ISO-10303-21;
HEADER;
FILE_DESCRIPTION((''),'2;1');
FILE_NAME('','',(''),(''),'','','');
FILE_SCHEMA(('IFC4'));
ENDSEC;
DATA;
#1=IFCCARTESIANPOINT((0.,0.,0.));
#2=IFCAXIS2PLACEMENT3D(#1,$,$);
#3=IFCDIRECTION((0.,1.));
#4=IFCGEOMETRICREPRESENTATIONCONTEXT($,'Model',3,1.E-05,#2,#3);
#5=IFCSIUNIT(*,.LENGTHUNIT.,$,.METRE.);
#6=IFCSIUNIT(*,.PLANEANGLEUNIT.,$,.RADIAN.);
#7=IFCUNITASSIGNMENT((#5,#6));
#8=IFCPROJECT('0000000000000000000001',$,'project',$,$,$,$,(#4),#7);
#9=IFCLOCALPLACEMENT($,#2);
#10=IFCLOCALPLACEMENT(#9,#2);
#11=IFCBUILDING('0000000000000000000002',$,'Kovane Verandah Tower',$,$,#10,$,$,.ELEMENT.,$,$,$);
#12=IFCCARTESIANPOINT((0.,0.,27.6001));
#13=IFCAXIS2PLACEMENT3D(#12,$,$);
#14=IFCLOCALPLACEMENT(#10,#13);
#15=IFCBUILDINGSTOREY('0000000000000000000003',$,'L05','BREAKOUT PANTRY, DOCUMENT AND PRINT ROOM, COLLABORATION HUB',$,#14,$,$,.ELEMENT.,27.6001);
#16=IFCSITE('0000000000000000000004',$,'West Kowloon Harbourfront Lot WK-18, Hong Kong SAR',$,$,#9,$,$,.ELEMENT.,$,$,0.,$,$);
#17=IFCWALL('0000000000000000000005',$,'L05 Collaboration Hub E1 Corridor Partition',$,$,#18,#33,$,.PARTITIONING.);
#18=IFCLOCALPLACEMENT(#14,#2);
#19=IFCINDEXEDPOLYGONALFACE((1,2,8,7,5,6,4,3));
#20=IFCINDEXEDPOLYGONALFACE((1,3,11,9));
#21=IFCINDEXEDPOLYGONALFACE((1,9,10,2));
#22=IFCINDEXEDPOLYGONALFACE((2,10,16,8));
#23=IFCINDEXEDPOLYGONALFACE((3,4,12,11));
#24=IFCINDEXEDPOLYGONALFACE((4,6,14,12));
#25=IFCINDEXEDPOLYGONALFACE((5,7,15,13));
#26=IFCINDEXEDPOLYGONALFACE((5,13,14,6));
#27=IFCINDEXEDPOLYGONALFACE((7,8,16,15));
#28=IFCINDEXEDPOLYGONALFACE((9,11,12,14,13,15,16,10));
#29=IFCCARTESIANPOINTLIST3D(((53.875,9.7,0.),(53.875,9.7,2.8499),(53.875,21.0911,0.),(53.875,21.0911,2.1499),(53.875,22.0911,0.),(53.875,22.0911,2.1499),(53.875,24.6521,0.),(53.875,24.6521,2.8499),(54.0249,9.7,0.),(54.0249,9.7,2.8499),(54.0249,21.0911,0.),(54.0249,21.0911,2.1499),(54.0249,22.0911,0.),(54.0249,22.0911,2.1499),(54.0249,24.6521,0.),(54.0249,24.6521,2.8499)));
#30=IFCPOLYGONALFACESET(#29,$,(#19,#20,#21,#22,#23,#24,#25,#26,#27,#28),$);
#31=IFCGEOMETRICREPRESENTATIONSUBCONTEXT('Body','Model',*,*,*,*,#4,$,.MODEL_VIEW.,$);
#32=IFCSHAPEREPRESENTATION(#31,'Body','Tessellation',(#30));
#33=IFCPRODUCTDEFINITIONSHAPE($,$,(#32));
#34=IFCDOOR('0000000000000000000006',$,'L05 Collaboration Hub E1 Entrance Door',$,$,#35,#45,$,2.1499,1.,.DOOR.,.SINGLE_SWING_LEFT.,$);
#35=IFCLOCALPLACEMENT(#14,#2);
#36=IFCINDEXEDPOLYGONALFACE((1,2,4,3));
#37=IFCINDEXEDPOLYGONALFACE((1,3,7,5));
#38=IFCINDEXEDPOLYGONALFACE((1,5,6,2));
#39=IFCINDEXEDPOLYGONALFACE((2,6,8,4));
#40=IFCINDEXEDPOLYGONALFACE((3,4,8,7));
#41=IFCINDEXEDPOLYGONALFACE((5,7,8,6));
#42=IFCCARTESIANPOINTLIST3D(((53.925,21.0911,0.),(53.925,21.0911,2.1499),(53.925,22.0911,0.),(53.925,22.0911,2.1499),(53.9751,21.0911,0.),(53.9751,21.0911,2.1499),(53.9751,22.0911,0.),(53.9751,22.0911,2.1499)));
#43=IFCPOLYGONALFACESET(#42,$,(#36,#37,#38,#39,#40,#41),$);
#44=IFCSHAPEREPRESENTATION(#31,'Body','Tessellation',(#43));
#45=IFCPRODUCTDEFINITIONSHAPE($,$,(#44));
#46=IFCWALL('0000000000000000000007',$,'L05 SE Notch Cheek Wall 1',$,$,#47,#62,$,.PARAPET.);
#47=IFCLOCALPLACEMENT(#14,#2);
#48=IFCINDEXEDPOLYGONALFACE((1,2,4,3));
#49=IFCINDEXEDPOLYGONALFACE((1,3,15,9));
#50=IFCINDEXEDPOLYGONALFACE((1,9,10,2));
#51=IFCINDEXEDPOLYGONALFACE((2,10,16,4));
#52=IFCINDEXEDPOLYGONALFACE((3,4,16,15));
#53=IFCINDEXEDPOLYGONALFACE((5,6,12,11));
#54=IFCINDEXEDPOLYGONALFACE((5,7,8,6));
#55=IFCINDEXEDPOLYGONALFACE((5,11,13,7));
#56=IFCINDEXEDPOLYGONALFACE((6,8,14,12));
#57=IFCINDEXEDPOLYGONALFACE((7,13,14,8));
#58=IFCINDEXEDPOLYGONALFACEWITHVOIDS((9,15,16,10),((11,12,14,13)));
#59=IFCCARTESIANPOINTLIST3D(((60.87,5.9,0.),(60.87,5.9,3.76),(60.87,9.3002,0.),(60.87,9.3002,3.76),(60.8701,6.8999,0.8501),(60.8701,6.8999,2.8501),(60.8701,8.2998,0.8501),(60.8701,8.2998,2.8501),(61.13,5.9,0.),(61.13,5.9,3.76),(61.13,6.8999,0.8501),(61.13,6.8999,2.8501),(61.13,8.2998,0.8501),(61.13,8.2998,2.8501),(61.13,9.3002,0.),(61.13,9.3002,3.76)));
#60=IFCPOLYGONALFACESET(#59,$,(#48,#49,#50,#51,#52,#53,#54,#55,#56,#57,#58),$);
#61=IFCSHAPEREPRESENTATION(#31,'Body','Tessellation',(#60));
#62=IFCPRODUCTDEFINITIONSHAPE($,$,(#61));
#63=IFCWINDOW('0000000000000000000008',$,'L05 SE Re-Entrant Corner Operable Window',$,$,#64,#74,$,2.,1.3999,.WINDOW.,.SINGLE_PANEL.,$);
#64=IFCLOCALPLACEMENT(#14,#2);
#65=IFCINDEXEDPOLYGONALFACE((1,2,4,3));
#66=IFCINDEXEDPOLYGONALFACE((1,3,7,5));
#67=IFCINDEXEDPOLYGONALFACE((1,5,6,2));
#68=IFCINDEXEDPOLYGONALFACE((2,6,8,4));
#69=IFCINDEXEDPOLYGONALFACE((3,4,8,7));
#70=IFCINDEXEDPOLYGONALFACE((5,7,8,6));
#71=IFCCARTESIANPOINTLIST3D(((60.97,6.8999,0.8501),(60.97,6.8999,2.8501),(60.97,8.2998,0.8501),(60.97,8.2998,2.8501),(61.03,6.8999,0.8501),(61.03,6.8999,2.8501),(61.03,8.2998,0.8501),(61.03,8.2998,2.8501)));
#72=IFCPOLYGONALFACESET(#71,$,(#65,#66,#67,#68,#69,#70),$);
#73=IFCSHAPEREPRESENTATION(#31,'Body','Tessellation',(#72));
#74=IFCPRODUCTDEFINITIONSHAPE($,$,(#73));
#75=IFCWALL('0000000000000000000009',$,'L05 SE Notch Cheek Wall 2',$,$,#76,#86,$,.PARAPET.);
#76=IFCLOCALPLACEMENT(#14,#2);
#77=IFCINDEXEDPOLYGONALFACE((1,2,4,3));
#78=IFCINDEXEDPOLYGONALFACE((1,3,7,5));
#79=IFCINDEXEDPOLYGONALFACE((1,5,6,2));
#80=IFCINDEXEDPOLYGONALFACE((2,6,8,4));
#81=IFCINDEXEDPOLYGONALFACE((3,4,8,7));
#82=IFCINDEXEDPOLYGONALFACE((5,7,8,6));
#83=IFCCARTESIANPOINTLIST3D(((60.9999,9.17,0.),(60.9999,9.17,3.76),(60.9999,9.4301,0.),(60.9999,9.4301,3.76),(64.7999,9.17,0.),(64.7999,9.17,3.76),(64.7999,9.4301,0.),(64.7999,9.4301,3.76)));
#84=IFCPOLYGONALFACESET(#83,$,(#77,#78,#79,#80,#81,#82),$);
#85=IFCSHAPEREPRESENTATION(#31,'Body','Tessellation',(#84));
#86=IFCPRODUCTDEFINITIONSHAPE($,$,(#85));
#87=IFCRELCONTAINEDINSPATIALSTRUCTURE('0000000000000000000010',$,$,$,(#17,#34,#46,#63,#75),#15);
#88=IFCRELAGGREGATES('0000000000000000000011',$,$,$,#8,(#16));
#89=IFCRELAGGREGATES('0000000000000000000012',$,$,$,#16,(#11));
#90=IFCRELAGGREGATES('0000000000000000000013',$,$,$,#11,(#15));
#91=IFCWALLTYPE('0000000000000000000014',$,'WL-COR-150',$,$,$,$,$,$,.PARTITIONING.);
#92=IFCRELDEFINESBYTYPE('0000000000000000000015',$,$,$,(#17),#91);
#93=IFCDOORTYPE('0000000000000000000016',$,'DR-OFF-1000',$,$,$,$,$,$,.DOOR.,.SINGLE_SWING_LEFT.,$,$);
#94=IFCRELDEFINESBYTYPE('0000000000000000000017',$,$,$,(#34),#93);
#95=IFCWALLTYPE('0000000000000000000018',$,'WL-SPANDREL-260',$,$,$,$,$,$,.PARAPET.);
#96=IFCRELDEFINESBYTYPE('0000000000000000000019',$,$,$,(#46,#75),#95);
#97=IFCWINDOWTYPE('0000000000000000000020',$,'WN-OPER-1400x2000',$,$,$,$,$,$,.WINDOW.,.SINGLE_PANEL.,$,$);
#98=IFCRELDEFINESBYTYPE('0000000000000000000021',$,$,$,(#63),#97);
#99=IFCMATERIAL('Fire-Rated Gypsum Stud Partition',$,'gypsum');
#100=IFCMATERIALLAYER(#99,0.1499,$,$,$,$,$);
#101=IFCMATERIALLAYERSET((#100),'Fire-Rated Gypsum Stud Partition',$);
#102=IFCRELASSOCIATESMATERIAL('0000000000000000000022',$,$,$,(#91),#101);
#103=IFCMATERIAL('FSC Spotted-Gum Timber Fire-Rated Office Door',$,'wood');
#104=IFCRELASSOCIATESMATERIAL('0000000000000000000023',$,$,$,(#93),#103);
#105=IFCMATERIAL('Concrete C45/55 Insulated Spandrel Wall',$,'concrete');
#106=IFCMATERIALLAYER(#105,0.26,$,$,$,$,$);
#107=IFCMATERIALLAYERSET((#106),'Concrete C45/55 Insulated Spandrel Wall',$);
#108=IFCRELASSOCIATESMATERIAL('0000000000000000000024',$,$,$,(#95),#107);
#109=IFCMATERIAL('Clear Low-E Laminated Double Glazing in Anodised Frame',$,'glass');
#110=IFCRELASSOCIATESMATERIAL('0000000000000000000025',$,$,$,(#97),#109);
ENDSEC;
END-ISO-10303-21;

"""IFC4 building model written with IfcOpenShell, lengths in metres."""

from ifc_helpers import new_model, si_unit, direction, frame, frame_2d, origin, place, context, subcontext, project, spatial, rectangle, extrude, material, layer, layer_set, type_object, element, fill, save


model = new_model("IFC4")

# Units and contexts
model_context = context("Model", 3, precision=1e-05, world=origin(), true_north=direction((0.0, 1.0)))
body_context = subcontext(model_context, "Body", "Model", "MODEL_VIEW")
ifc_project = project(units=[si_unit("LENGTHUNIT", "METRE"), si_unit("PLANEANGLEUNIT", "RADIAN")], contexts=[model_context])

# Site, building, storey
site_placement = place(None, origin())
site = spatial("IfcSite", under=ifc_project, at=site_placement, Name="West Kowloon Harbourfront Lot WK-18, Hong Kong SAR", CompositionType="ELEMENT", RefElevation=0.0)
building_placement = place(site_placement, origin())
building = spatial("IfcBuilding", under=site, at=building_placement, Name="Kovane Verandah Tower", CompositionType="ELEMENT")
storey_placement = place(building_placement, frame((0.0, 0.0, 27.6001)))
storey = spatial("IfcBuildingStorey", under=building, at=storey_placement, Name="L05", Description="BREAKOUT PANTRY, DOCUMENT AND PRINT ROOM, COLLABORATION HUB", CompositionType="ELEMENT", Elevation=27.6001)

# Wall, opening, door
ifc_material_1 = material(Name="Fire-Rated Gypsum Stud Partition", Category="gypsum")
ifc_layer_1 = layer(ifc_material_1, 0.1499)
ifc_layer_set_1 = layer_set([ifc_layer_1], Name="Fire-Rated Gypsum Stud Partition")
wall_type_1 = type_object("IfcWallType", Name="WL-COR-150", PredefinedType="PARTITIONING", material=ifc_layer_set_1)
wall_1_placement = place(storey_placement, frame((53.95, 9.7, 0.0), z_axis=(0.0, 0.0, 1.0), x_axis=(0.0, 1.0, 0.0)))
wall_1 = element("IfcWall", 1, at=wall_1_placement, inside=storey, type_object=wall_type_1, Name="L05 Collaboration Hub E1 Corridor Partition", PredefinedType="PARTITIONING", context=body_context, shape_type="SweptSolid", body=[
    extrude(rectangle(XDim=14.9521, YDim=0.1499, at=frame_2d((7.4761, 0.0))), origin(), (0.0, 0.0, 1.0), 2.8499),
])
opening_1_placement = place(wall_1_placement, frame((11.3911, 0.0, 0.0)))
opening_1 = element("IfcOpeningElement", 2, at=opening_1_placement, cuts=wall_1, PredefinedType="OPENING", context=body_context, shape_type="SweptSolid", body=[
    extrude(rectangle(XDim=1.0, YDim=2.1499, at=frame_2d((0.5, 1.075))), frame((0.0, 0.075, 0.0), z_axis=(0.0, -1.0, 0.0), x_axis=(1.0, 0.0, 0.0)), (0.0, 0.0, 1.0), 0.1499),
])
ifc_material_2 = material(Name="FSC Spotted-Gum Timber Fire-Rated Office Door", Category="wood")
door_type_1 = type_object("IfcDoorType", Name="DR-OFF-1000", OperationType="SINGLE_SWING_LEFT", PredefinedType="DOOR", material=ifc_material_2)
door_1_placement = place(opening_1_placement, origin())
door_1 = element("IfcDoor", 3, at=door_1_placement, inside=storey, type_object=door_type_1, Name="L05 Collaboration Hub E1 Entrance Door", OperationType="SINGLE_SWING_LEFT", OverallHeight=2.1499, OverallWidth=1.0, PredefinedType="DOOR", context=body_context, shape_type="SweptSolid", body=[
    extrude(rectangle(XDim=1.0, YDim=2.1499, at=frame_2d((0.5, 1.075))), frame((0.0, 0.0249, 0.0), z_axis=(0.0, -1.0, 0.0), x_axis=(1.0, 0.0, 0.0)), (0.0, 0.0, 1.0), 0.05),
])
fill(opening_1, door_1)

# Shared definitions
ifc_material_3 = material(Name="Concrete C45/55 Insulated Spandrel Wall", Category="concrete")
ifc_layer_2 = layer(ifc_material_3, 0.26)
ifc_layer_set_2 = layer_set([ifc_layer_2], Name="Concrete C45/55 Insulated Spandrel Wall")
wall_type_2 = type_object("IfcWallType", Name="WL-SPANDREL-260", PredefinedType="PARAPET", material=ifc_layer_set_2)
ifc_material_4 = material(Name="Clear Low-E Laminated Double Glazing in Anodised Frame", Category="glass")

# Wall, opening, window
wall_2_placement = place(storey_placement, frame((61.0, 5.8999, 0.0), z_axis=(0.0, 0.0, 1.0), x_axis=(0.0, 1.0, 0.0)))
wall_2 = element("IfcWall", 4, at=wall_2_placement, inside=storey, type_object=wall_type_2, Name="L05 SE Notch Cheek Wall 1", PredefinedType="PARAPET", context=body_context, shape_type="SweptSolid", body=[
    extrude(rectangle(XDim=3.4001, YDim=0.26, at=frame_2d((1.7002, 0.0))), origin(), (0.0, 0.0, 1.0), 3.76),
])
opening_2_placement = place(wall_2_placement, frame((1.0, 0.0, 0.8501)))
opening_2 = element("IfcOpeningElement", 5, at=opening_2_placement, cuts=wall_2, PredefinedType="OPENING", context=body_context, shape_type="SweptSolid", body=[
    extrude(rectangle(XDim=1.3999, YDim=2.0, at=frame_2d((0.7, 1.0))), frame((0.0, 0.1299, 0.0), z_axis=(0.0, -1.0, 0.0), x_axis=(1.0, 0.0, 0.0)), (0.0, 0.0, 1.0), 0.26),
])
window_type_1 = type_object("IfcWindowType", Name="WN-OPER-1400x2000", PartitioningType="SINGLE_PANEL", PredefinedType="WINDOW", material=ifc_material_4)
window_1_placement = place(opening_2_placement, origin())
window_1 = element("IfcWindow", 6, at=window_1_placement, inside=storey, type_object=window_type_1, Name="L05 SE Re-Entrant Corner Operable Window", OverallHeight=2.0, OverallWidth=1.3999, PartitioningType="SINGLE_PANEL", PredefinedType="WINDOW", context=body_context, shape_type="SweptSolid", body=[
    extrude(rectangle(XDim=1.3999, YDim=2.0, at=frame_2d((0.7, 1.0))), frame((0.0, 0.03, 0.0), z_axis=(0.0, -1.0, 0.0), x_axis=(1.0, 0.0, 0.0)), (0.0, 0.0, 1.0), 0.0601),
])
fill(opening_2, window_1)

# Wall
wall_3_placement = place(storey_placement, frame((61.0, 9.3, 0.0), z_axis=(0.0, 0.0, 1.0), x_axis=(1.0, 0.0, 0.0)))
element("IfcWall", 7, at=wall_3_placement, inside=storey, type_object=wall_type_2, Name="L05 SE Notch Cheek Wall 2", PredefinedType="PARAPET", context=body_context, shape_type="SweptSolid", body=[
    extrude(rectangle(XDim=3.8, YDim=0.26, at=frame_2d((1.8999, 0.0))), origin(), (0.0, 0.0, 1.0), 3.76),
])

save(model, "model.ifc")
